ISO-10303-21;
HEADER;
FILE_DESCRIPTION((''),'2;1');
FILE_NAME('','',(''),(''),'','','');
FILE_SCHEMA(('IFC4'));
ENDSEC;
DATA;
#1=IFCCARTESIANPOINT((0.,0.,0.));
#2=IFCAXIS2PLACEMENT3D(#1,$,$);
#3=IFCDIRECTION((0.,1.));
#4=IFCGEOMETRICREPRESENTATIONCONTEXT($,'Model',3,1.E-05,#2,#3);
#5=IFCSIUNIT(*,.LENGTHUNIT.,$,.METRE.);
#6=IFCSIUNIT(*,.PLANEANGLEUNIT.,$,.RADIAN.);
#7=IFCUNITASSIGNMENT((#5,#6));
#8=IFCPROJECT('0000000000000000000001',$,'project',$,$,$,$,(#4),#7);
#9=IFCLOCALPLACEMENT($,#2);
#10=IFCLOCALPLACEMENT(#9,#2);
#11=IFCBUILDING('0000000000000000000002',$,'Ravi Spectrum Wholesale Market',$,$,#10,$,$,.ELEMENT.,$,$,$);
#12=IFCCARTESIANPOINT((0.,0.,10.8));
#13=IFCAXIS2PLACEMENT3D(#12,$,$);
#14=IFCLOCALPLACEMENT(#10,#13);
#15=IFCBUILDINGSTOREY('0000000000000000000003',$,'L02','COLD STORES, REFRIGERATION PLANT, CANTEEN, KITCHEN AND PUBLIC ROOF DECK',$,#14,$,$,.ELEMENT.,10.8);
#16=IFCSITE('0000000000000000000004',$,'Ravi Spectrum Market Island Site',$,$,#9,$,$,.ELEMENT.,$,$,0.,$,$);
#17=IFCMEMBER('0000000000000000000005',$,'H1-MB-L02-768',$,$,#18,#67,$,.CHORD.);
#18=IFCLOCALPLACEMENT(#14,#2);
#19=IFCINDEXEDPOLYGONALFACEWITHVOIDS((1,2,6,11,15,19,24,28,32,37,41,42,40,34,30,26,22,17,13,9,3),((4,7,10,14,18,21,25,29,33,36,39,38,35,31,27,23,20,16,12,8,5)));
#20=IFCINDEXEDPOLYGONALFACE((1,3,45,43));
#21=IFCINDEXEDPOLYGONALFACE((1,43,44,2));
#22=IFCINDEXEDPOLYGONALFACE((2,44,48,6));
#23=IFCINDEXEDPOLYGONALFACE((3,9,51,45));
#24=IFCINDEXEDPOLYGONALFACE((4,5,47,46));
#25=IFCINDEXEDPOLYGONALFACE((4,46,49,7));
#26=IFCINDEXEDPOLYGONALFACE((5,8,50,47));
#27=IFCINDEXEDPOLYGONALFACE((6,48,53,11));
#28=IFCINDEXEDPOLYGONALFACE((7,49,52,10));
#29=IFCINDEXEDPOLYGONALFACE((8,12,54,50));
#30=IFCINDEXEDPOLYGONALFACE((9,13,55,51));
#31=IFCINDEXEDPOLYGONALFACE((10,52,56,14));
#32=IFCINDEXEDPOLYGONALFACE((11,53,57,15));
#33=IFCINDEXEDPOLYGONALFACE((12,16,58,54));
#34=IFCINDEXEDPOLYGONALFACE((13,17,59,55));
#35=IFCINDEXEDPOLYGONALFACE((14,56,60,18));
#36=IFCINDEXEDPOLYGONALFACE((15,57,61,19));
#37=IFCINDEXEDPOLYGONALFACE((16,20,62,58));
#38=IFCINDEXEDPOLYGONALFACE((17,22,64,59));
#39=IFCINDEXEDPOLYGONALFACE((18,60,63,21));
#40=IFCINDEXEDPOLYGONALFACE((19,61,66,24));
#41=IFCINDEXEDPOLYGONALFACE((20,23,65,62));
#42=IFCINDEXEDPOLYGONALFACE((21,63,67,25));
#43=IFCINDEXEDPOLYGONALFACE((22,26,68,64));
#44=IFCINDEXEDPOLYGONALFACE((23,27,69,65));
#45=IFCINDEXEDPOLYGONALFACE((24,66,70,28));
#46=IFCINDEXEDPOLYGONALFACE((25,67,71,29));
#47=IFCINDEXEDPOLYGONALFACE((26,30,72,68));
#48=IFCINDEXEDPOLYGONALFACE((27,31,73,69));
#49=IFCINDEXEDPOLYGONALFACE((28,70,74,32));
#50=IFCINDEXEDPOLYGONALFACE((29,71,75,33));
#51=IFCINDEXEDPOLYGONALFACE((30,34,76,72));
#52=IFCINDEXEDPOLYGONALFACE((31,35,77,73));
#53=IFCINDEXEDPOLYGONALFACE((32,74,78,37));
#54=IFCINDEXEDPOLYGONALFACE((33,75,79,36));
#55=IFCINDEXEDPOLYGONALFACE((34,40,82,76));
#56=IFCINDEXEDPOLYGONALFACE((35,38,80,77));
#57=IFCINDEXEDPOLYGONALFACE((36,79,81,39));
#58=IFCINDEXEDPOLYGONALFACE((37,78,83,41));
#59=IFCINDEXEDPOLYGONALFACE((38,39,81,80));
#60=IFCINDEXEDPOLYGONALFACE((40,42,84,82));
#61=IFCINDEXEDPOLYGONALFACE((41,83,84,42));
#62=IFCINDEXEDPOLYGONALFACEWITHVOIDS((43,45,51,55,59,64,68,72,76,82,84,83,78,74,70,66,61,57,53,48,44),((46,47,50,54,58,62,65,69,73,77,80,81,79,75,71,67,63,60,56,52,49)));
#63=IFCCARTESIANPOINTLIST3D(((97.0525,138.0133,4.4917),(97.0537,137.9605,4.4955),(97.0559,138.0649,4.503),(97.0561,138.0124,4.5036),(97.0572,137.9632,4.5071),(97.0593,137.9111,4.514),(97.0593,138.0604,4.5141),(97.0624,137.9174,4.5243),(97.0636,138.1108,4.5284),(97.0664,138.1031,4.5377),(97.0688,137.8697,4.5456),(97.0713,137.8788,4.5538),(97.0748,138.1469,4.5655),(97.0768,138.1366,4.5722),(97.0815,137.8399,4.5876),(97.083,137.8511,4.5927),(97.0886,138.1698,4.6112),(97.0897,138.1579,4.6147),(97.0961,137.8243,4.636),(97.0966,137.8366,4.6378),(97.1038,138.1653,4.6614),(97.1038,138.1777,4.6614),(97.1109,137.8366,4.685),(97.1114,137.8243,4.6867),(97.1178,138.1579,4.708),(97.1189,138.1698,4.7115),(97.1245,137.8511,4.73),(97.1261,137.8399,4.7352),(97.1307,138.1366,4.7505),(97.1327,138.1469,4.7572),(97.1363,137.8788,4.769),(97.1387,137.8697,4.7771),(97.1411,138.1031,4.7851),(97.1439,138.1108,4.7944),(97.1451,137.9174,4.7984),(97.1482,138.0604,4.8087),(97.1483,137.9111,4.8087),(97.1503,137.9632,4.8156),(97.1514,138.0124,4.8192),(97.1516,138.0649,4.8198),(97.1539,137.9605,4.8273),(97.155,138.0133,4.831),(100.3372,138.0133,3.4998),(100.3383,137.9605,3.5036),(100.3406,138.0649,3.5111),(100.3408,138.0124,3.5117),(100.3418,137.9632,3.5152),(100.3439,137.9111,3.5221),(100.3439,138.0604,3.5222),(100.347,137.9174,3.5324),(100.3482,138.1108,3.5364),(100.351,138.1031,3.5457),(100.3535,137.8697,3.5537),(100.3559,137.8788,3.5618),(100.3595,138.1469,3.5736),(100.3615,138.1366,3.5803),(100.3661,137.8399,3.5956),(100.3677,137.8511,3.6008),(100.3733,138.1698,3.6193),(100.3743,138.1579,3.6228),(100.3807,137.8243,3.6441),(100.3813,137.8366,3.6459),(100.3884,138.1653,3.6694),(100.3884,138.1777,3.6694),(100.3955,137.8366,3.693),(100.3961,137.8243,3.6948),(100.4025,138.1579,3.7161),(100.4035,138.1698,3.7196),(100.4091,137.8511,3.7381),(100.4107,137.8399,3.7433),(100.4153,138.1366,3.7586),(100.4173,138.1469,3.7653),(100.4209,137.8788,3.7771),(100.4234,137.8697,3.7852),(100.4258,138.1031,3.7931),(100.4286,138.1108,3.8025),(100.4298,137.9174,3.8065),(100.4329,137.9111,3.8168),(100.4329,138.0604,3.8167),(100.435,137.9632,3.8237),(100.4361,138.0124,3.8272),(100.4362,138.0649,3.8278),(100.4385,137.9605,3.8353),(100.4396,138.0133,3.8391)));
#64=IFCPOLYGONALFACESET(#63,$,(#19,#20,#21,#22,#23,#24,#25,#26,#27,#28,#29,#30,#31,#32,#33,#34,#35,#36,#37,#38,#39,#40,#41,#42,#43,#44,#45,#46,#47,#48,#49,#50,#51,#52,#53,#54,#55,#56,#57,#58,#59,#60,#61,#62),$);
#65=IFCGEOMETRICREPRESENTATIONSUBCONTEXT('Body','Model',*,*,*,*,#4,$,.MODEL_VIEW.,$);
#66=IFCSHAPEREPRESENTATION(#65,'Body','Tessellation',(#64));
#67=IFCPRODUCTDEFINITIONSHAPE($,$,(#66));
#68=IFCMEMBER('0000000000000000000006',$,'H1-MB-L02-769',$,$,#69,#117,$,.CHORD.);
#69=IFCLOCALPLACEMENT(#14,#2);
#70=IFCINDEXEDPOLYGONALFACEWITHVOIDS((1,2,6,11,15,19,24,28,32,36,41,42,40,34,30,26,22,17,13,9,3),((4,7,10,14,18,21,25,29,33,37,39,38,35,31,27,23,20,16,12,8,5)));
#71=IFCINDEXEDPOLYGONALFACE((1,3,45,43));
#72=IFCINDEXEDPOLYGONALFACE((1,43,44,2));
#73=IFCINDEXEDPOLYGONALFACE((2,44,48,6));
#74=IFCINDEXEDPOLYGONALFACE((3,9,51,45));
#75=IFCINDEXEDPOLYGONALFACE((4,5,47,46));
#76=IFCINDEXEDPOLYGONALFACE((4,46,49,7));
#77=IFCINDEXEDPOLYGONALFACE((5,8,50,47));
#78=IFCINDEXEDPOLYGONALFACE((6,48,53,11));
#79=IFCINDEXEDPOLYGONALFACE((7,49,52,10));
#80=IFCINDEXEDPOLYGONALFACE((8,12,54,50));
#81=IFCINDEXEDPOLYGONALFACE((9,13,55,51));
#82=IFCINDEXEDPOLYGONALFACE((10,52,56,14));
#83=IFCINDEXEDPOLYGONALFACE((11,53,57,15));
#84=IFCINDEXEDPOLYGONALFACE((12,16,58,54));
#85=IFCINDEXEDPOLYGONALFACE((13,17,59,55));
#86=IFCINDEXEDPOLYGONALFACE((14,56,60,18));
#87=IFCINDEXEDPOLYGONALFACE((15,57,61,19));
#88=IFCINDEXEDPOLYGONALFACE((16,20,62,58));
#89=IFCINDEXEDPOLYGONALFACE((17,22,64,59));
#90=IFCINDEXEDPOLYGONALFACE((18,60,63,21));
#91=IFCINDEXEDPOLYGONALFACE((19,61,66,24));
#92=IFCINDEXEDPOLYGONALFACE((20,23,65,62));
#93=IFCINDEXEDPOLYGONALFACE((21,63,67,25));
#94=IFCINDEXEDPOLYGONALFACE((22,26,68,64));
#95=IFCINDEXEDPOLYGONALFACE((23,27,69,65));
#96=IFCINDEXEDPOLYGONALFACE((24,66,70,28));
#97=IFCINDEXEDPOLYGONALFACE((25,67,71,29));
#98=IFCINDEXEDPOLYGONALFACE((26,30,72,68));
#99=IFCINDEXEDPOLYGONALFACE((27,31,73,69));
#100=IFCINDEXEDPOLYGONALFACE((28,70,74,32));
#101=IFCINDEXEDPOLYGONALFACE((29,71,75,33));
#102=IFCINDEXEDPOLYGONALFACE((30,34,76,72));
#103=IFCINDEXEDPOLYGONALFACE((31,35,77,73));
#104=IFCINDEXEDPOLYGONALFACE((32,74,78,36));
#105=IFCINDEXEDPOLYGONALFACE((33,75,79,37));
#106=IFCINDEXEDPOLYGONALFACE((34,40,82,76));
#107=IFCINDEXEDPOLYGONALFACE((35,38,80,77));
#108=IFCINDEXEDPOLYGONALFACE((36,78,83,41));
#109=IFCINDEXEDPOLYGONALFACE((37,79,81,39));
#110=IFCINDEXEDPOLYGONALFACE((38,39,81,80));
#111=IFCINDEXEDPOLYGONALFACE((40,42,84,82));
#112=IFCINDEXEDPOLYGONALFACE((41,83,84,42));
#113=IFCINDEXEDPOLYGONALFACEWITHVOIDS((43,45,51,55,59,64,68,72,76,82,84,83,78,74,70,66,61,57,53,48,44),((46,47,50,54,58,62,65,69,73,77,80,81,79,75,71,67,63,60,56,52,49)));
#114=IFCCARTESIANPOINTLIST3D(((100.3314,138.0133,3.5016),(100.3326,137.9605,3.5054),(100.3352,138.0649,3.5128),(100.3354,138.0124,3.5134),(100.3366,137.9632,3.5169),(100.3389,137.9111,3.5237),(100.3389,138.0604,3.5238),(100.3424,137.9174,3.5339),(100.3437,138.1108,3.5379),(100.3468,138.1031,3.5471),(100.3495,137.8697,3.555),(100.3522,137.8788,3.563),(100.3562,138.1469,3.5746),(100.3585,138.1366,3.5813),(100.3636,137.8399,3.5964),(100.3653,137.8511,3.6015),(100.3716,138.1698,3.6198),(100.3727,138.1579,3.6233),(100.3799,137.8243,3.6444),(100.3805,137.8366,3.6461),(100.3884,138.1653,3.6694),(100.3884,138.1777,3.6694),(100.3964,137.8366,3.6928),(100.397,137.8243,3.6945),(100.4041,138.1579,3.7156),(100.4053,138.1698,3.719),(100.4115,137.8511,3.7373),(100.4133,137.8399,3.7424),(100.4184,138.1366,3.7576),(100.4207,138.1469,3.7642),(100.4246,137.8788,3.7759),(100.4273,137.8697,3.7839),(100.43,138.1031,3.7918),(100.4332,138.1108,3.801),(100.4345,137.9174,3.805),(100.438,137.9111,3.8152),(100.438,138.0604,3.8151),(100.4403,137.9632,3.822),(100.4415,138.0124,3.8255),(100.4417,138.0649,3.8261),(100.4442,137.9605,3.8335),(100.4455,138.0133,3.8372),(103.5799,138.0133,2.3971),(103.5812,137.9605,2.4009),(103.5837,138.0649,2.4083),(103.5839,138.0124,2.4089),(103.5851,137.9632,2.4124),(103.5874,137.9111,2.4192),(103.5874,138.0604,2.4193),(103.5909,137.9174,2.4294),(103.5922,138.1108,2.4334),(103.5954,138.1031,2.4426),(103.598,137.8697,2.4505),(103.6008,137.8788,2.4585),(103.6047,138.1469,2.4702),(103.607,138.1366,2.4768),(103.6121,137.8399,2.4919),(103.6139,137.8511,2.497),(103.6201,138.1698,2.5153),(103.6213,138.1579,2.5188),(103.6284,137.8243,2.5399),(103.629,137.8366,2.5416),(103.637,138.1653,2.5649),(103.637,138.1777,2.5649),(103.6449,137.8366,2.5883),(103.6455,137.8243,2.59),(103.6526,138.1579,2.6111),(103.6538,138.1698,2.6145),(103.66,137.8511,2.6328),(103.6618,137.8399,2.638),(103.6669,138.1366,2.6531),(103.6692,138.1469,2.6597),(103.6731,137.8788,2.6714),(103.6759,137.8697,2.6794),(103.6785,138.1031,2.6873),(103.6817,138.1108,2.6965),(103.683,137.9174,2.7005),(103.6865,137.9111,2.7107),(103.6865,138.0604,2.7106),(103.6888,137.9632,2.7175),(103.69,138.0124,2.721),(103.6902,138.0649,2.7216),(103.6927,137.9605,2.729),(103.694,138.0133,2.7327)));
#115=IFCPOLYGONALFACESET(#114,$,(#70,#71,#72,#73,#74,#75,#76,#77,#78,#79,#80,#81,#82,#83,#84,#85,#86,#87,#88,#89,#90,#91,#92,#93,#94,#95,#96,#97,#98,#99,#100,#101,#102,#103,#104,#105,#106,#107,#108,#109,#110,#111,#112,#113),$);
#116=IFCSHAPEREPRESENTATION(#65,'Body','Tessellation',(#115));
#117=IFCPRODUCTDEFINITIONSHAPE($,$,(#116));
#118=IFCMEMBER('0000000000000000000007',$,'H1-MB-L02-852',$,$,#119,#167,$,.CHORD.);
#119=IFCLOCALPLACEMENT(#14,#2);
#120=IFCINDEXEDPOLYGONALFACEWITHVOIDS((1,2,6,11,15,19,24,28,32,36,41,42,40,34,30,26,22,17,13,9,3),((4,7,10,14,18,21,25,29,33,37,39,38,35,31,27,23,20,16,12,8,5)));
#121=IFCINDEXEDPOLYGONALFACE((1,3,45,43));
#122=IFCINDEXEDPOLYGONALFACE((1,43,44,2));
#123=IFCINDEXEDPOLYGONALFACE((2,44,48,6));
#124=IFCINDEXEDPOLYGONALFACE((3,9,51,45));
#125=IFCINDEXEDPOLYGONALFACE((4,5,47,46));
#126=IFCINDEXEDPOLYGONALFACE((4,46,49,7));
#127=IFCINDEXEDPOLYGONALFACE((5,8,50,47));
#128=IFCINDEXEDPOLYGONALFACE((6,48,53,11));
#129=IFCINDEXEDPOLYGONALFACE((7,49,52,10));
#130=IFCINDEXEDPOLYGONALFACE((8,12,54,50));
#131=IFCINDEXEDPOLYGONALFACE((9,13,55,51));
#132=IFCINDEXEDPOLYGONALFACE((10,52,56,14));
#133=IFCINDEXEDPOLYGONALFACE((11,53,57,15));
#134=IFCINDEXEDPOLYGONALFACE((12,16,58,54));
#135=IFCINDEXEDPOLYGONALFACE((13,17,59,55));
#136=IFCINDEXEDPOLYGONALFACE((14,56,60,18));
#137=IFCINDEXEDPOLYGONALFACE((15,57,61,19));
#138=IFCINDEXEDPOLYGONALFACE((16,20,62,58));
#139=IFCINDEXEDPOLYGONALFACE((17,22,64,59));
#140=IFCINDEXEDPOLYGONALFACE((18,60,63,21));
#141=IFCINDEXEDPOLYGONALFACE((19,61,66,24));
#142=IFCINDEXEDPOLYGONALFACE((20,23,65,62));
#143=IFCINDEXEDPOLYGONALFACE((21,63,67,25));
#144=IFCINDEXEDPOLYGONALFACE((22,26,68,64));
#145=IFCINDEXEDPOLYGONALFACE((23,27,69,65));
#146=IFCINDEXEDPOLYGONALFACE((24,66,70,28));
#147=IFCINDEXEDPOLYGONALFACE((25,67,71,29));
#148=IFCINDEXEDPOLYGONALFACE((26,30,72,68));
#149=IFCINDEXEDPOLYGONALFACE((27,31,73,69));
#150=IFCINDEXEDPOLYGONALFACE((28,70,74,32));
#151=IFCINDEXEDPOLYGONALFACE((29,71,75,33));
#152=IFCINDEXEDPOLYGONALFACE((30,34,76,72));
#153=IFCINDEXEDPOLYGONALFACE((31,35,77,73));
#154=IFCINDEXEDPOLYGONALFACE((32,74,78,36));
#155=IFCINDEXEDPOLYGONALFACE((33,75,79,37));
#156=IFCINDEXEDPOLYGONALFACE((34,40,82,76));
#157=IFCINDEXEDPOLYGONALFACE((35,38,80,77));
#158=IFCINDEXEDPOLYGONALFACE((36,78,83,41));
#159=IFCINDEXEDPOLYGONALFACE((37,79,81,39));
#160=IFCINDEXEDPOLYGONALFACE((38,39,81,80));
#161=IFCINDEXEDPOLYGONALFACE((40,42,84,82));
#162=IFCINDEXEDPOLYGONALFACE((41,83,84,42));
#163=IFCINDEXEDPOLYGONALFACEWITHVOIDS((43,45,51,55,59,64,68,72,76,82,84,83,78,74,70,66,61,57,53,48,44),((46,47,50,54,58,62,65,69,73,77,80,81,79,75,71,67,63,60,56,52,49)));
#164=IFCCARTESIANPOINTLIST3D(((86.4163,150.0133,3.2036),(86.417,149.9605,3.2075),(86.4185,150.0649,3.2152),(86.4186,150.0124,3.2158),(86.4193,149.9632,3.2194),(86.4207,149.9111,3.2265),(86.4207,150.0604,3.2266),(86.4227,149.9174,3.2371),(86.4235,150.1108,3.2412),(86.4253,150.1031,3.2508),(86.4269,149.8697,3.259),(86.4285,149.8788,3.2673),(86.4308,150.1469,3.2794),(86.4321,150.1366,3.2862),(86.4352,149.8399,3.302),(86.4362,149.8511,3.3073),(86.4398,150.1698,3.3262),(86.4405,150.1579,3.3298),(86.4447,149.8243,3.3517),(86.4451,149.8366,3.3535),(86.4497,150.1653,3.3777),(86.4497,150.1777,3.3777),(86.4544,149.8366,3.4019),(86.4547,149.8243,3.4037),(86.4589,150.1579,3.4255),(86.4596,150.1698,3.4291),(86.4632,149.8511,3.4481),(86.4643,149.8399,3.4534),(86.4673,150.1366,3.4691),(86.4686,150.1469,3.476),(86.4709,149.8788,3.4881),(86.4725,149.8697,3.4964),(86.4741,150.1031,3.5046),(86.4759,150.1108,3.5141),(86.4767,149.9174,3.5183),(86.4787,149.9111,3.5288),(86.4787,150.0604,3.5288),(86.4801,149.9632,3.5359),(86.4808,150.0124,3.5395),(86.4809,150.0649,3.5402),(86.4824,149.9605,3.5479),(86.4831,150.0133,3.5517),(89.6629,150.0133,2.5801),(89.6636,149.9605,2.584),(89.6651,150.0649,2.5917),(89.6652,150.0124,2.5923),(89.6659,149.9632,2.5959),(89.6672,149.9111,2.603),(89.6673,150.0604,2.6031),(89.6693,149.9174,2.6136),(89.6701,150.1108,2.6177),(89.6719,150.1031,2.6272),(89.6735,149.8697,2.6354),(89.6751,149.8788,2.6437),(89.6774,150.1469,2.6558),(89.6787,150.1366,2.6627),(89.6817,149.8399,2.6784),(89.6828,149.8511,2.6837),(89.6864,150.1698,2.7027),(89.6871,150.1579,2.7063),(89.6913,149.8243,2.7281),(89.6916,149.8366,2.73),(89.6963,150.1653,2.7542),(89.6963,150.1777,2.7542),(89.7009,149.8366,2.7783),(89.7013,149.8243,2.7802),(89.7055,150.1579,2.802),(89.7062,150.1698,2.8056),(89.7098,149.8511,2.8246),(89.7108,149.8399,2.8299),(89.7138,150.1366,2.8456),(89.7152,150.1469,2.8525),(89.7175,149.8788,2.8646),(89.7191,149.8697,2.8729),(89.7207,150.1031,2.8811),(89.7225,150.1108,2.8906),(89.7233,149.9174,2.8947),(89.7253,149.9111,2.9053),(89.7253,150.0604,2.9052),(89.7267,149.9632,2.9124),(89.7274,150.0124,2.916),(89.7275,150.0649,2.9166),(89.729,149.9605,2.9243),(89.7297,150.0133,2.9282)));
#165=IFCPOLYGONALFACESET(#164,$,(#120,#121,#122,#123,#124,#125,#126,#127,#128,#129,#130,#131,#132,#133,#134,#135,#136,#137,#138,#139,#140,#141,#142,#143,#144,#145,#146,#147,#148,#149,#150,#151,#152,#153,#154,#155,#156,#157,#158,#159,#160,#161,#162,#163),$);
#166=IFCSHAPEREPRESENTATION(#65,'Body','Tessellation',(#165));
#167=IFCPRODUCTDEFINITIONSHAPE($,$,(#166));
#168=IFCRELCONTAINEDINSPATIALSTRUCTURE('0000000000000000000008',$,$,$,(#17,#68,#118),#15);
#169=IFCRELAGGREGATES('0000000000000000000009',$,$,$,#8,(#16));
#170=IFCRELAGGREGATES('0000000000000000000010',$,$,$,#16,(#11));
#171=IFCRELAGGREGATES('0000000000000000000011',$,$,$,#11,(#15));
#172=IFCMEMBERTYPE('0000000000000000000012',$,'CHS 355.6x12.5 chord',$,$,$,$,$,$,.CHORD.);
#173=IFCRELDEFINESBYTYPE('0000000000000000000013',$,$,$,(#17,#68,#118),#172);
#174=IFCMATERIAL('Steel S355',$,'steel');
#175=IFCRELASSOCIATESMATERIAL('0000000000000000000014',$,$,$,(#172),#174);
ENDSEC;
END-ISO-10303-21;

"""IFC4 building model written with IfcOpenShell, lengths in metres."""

from ifc_helpers import new_model, si_unit, direction, frame, origin, origin_2d, place, context, subcontext, project, spatial, hollow_circle, extrude, material, material_profile, profile_set, type_object, element, save


model = new_model("IFC4")

# Units and contexts
model_context = context("Model", 3, precision=1e-05, world=origin(), true_north=direction((0.0, 1.0)))
body_context = subcontext(model_context, "Body", "Model", "MODEL_VIEW")
ifc_project = project(units=[si_unit("LENGTHUNIT", "METRE"), si_unit("PLANEANGLEUNIT", "RADIAN")], contexts=[model_context])

# Site, building, storey
site_placement = place(None, origin())
site = spatial("IfcSite", under=ifc_project, at=site_placement, Name="Ravi Spectrum Market Island Site", CompositionType="ELEMENT", RefElevation=0.0)
building_placement = place(site_placement, origin())
building = spatial("IfcBuilding", under=site, at=building_placement, Name="Ravi Spectrum Wholesale Market", CompositionType="ELEMENT")
storey_placement = place(building_placement, frame((0.0, 0.0, 10.8)))
storey = spatial("IfcBuildingStorey", under=building, at=storey_placement, Name="L02", Description="COLD STORES, REFRIGERATION PLANT, CANTEEN, KITCHEN AND PUBLIC ROOF DECK", CompositionType="ELEMENT", Elevation=10.8)

# Members
ifc_material_1 = material(Name="Steel S355", Category="steel")
ifc_material_profile_1 = material_profile(ifc_material_1, hollow_circle(Radius=0.1777, WallThickness=0.0125, at=origin_2d()))
ifc_profile_set_1 = profile_set([ifc_material_profile_1], Name="Steel S355")
member_type_1 = type_object("IfcMemberType", Name="CHS 355.6x12.5 chord", PredefinedType="CHORD", material=ifc_profile_set_1)
for number, where, z_axis, x_axis, name in (
    (1, (97.1038, 138.0, 4.6614), (0.9573, 0.0, -0.289097), (0.0, 1.0, 0.0), "H1-MB-L02-768"),
    (2, (100.3884, 138.0, 3.6694), (0.946774, 0.0, -0.3219), (0.0, 1.0, 0.0), "H1-MB-L02-769"),
):
    element("IfcMember", number, at=place(storey_placement, frame(where, z_axis=z_axis, x_axis=x_axis)), inside=storey, type_object=member_type_1, Name=name, PredefinedType="CHORD", context=body_context, shape_type="SweptSolid", body=[
        extrude(hollow_circle(Radius=0.1777, WallThickness=0.0125, at=origin_2d()), origin(), (0.0, 0.0, 1.0), 3.4312),
    ])
member_1_placement = place(storey_placement, frame((86.4497, 150.0, 3.3777), z_axis=(0.982052, 0.0, -0.188612), x_axis=(0.0, 1.0, 0.0)))
element("IfcMember", 3, at=member_1_placement, inside=storey, type_object=member_type_1, Name="H1-MB-L02-852", PredefinedType="CHORD", context=body_context, shape_type="SweptSolid", body=[
    extrude(hollow_circle(Radius=0.1777, WallThickness=0.0125, at=origin_2d()), origin(), (0.0, 0.0, 1.0), 3.3059),
])

save(model, "model.ifc")
